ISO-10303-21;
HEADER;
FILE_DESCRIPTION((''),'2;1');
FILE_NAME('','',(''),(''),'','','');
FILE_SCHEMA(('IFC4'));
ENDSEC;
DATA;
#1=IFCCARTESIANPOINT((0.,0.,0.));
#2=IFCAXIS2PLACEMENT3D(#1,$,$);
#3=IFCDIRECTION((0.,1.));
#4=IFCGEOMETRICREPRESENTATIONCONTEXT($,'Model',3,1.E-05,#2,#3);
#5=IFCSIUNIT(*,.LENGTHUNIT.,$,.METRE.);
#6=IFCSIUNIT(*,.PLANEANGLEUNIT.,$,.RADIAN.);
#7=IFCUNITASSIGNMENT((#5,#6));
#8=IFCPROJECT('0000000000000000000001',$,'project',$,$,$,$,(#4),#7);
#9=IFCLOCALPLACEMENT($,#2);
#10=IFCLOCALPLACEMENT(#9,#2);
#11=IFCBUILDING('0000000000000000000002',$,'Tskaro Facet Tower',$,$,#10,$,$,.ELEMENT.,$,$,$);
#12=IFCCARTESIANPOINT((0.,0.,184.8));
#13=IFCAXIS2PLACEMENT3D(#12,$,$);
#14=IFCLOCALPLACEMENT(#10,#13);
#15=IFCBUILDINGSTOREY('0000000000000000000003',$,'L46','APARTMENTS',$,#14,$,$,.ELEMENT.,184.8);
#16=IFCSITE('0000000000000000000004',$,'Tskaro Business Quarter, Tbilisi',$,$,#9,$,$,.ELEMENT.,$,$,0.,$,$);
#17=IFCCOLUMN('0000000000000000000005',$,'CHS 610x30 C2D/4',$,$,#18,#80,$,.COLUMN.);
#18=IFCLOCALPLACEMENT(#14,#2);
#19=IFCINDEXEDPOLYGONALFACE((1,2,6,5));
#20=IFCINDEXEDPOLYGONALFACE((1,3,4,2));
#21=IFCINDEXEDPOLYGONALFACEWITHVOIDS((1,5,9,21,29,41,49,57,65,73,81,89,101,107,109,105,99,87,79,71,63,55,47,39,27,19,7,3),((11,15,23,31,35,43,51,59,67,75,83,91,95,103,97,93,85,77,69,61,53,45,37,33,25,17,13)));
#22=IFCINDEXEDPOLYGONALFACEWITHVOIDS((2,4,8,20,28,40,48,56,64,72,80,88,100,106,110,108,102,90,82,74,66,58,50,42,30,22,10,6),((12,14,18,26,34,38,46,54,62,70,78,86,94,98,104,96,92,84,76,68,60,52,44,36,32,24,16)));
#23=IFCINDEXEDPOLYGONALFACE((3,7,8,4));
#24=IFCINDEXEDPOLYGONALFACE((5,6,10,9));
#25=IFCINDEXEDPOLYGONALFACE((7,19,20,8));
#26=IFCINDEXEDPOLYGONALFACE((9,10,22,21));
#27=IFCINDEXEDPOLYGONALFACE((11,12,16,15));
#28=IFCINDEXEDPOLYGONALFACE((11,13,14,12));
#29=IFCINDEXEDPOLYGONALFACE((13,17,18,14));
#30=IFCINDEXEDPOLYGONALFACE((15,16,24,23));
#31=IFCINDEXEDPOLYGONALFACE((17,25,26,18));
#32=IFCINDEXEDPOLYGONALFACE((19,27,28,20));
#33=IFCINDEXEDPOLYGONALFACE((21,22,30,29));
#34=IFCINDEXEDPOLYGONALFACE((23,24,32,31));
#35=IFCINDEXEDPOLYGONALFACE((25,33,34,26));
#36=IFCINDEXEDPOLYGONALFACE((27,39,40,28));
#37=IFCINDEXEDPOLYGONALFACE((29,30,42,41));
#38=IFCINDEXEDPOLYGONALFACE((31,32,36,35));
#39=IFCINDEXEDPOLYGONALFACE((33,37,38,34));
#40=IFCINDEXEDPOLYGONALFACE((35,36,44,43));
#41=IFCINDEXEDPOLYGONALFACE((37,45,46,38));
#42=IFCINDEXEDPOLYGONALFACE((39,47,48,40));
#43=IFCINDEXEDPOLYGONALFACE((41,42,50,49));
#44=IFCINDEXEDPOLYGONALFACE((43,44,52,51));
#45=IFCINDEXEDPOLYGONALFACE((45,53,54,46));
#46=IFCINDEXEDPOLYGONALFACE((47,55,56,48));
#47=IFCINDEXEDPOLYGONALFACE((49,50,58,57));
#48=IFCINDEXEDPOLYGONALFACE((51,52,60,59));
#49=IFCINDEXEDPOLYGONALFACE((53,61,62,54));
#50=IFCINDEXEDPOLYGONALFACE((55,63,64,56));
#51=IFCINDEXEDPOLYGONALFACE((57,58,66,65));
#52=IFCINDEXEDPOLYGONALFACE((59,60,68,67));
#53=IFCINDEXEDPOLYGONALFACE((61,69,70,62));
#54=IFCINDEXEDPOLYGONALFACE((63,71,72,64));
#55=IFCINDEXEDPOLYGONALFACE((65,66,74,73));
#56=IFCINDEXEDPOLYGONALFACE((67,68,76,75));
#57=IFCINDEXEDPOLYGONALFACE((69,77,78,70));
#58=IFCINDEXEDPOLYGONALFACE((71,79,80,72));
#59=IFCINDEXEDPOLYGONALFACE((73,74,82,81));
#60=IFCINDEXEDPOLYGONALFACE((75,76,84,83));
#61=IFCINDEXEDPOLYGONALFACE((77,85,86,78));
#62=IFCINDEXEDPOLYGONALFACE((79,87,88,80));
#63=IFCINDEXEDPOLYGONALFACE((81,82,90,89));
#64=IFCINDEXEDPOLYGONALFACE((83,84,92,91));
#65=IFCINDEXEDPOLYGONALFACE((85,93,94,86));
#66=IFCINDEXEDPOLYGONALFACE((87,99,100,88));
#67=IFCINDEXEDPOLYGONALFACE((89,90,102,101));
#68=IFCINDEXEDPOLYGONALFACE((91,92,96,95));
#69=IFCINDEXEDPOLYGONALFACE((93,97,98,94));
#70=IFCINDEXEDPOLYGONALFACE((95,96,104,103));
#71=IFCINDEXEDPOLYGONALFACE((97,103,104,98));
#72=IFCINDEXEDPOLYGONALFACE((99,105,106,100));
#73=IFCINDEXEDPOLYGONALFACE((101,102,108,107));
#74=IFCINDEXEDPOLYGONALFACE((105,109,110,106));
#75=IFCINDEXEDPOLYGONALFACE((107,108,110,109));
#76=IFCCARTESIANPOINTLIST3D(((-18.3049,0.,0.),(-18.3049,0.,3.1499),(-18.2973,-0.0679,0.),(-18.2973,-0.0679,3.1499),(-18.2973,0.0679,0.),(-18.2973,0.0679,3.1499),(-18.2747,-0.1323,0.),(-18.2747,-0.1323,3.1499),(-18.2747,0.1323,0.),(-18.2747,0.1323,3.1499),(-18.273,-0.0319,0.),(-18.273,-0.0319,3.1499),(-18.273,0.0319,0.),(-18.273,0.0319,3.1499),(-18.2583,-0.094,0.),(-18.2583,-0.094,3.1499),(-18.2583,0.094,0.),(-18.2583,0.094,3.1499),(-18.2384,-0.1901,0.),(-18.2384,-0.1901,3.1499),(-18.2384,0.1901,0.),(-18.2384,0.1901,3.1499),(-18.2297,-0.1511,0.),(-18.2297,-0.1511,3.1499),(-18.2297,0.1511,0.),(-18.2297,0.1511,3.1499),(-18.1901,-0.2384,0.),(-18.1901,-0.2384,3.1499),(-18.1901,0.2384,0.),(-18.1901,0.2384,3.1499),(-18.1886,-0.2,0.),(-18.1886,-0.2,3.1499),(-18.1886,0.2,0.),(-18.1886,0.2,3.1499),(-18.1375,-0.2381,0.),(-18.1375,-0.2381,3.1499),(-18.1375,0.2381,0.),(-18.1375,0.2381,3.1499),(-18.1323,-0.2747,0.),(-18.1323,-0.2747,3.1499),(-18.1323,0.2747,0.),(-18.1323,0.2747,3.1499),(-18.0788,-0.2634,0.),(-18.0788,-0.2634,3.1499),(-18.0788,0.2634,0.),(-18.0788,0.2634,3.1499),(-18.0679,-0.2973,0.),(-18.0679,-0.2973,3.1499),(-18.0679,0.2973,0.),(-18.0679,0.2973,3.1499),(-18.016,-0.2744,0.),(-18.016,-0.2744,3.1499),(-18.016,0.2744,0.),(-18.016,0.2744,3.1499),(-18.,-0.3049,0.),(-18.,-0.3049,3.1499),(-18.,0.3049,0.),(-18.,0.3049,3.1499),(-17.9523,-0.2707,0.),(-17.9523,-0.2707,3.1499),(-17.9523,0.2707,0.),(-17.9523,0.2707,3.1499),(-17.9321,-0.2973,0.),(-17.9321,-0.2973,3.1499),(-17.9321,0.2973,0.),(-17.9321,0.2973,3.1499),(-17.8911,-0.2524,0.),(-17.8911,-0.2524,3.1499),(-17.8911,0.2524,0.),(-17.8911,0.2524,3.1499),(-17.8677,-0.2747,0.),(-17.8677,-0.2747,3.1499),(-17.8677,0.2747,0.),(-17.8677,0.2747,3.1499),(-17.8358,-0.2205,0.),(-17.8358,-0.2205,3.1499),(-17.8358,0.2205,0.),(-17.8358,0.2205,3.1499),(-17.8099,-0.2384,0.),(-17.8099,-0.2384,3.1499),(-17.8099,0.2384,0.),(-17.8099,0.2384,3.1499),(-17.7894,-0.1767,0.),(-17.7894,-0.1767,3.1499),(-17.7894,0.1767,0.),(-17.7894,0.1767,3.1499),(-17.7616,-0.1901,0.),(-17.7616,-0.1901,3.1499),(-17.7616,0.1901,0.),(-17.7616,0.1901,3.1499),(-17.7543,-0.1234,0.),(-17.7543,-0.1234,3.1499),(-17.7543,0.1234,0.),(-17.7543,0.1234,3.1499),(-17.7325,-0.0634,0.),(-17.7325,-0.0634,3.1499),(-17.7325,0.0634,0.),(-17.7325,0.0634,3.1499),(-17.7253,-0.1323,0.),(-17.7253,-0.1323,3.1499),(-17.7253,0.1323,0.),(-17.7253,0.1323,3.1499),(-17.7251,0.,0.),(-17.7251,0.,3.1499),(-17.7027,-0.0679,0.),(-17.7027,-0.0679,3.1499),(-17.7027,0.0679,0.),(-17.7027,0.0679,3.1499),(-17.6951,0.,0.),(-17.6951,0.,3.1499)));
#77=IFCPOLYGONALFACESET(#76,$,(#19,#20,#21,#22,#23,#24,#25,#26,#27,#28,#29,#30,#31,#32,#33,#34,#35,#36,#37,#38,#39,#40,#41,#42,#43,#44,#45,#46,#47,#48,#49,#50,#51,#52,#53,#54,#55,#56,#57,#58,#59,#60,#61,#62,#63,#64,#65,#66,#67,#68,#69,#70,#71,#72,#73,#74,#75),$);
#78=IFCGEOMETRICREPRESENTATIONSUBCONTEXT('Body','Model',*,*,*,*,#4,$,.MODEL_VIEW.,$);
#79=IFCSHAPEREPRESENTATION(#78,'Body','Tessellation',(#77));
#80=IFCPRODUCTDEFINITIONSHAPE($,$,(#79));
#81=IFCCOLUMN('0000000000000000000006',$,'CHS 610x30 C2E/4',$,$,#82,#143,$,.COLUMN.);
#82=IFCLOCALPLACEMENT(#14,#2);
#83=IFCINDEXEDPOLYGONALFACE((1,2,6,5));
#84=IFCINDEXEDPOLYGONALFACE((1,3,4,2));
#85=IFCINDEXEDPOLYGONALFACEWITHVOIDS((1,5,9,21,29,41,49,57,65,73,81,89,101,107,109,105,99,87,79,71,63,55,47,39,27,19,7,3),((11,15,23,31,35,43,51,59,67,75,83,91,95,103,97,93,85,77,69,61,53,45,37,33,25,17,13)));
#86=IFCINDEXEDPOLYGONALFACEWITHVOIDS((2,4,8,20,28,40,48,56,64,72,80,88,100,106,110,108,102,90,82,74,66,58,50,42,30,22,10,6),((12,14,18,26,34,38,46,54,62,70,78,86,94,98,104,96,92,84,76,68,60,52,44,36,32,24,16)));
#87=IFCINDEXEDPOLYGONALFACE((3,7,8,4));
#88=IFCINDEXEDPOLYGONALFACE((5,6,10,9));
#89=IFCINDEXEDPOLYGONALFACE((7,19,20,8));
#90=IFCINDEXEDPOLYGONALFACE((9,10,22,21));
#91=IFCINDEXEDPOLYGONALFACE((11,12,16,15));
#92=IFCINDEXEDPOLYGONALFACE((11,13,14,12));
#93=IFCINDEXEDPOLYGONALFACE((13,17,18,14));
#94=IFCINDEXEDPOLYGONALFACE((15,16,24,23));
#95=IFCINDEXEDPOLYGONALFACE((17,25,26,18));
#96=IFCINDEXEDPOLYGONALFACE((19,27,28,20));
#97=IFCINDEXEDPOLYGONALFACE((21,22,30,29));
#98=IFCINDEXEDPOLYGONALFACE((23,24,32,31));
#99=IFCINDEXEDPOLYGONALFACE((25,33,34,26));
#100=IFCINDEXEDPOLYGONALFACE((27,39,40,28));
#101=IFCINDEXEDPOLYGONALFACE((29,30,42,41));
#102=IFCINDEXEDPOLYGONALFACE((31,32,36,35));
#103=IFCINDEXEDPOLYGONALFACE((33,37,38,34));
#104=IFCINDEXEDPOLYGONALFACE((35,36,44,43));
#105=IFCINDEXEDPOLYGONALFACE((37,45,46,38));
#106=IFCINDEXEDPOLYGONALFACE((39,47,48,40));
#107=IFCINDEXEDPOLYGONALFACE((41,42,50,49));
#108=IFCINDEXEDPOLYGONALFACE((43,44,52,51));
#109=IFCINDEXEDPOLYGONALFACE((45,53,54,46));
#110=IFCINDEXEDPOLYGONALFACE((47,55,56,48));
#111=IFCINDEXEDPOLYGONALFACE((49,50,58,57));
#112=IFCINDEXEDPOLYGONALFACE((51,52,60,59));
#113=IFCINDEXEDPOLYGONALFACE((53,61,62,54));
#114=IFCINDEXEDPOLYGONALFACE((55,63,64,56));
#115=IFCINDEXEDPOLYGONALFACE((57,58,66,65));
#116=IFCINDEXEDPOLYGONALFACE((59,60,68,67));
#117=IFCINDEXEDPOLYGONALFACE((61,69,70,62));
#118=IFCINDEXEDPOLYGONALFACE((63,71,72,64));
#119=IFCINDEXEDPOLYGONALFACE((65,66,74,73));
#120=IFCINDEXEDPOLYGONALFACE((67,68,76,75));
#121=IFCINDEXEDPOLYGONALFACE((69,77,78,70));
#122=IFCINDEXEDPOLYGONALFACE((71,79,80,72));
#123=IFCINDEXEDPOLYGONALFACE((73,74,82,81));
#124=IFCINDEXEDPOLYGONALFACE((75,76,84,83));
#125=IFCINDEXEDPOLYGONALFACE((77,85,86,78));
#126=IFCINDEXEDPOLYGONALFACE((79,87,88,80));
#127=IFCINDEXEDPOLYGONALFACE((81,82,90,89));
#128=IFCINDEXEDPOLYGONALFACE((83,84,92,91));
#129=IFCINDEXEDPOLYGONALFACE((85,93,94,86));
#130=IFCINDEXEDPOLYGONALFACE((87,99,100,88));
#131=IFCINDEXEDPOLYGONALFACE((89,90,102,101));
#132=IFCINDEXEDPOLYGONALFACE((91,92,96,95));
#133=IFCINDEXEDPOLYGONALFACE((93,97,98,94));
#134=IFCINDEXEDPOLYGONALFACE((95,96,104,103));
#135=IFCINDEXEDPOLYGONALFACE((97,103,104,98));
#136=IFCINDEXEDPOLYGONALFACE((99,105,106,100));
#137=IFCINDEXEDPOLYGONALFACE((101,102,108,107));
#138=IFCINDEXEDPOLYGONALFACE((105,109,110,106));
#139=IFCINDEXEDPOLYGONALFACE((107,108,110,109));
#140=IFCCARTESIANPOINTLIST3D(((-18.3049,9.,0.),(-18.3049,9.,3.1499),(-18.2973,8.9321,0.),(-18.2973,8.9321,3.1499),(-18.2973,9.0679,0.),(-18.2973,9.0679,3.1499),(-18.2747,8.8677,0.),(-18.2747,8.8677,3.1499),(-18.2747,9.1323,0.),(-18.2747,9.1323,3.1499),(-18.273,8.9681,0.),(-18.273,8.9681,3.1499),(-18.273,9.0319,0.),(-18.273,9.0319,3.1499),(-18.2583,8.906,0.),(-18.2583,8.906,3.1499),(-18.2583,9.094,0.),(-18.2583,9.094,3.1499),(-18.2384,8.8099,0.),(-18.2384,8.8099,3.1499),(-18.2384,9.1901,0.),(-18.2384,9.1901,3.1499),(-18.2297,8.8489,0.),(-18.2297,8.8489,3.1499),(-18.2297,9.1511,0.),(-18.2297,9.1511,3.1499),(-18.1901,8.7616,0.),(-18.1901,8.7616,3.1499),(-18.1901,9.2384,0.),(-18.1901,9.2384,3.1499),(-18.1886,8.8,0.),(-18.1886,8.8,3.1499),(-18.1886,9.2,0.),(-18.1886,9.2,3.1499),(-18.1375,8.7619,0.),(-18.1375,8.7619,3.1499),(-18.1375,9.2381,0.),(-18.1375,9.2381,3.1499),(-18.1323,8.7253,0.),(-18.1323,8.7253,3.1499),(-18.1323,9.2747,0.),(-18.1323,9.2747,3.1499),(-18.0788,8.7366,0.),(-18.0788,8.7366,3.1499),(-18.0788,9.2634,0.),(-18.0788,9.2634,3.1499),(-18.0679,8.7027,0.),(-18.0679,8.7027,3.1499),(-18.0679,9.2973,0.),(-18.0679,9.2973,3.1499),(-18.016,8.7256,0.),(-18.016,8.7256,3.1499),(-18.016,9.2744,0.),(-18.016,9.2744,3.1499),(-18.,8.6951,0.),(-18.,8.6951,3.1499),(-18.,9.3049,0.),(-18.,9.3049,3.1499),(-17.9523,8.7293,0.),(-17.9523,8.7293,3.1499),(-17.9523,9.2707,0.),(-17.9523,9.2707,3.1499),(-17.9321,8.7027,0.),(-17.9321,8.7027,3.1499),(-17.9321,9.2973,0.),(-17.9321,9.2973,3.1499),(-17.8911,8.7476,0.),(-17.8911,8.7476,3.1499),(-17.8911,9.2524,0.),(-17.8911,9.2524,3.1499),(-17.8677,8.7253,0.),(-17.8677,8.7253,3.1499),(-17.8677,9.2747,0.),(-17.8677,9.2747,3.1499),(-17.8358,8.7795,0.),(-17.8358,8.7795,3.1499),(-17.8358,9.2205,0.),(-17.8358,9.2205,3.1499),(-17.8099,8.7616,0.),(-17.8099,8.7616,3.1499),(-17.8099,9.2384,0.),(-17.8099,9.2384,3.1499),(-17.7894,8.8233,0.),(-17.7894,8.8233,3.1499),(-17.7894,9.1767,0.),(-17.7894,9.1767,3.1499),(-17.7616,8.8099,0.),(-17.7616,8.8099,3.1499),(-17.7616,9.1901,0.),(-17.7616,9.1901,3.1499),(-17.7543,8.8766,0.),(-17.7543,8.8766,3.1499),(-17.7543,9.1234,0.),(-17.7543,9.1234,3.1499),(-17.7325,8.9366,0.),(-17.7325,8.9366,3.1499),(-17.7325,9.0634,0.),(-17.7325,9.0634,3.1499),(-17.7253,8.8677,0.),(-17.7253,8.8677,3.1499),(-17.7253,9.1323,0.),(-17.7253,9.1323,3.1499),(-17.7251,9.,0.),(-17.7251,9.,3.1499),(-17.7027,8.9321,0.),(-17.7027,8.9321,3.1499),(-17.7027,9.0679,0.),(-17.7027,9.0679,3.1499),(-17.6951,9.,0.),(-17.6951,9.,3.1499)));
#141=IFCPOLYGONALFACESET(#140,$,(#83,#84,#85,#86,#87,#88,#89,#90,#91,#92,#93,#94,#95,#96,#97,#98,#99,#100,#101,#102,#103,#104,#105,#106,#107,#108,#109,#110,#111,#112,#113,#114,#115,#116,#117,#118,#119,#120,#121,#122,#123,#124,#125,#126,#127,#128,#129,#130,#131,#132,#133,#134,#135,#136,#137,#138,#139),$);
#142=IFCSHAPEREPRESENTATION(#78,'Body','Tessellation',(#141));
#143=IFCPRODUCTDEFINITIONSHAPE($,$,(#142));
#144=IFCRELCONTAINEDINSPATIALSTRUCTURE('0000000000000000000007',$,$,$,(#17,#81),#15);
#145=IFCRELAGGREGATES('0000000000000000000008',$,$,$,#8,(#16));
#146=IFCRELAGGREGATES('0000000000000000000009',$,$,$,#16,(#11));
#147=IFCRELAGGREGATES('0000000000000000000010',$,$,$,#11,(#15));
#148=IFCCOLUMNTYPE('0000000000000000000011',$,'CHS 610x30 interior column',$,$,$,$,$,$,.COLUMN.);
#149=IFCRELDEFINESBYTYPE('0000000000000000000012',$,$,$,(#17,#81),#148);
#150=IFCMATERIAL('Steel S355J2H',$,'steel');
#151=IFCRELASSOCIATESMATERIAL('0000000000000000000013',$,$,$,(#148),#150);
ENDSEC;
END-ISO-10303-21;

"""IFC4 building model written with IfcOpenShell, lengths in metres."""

from ifc_helpers import new_model, si_unit, direction, frame, origin, origin_2d, place, context, subcontext, project, spatial, hollow_circle, extrude, material, material_profile, profile_set, type_object, element, save


model = new_model("IFC4")

# Units and contexts
model_context = context("Model", 3, precision=1e-05, world=origin(), true_north=direction((0.0, 1.0)))
body_context = subcontext(model_context, "Body", "Model", "MODEL_VIEW")
ifc_project = project(units=[si_unit("LENGTHUNIT", "METRE"), si_unit("PLANEANGLEUNIT", "RADIAN")], contexts=[model_context])

# Site, building, storey
site_placement = place(None, origin())
site = spatial("IfcSite", under=ifc_project, at=site_placement, Name="Tskaro Business Quarter, Tbilisi", CompositionType="ELEMENT", RefElevation=0.0)
building_placement = place(site_placement, origin())
building = spatial("IfcBuilding", under=site, at=building_placement, Name="Tskaro Facet Tower", CompositionType="ELEMENT")
storey_placement = place(building_placement, frame((0.0, 0.0, 184.8)))
storey = spatial("IfcBuildingStorey", under=building, at=storey_placement, Name="L46", Description="APARTMENTS", CompositionType="ELEMENT", Elevation=184.8)

# Columns
ifc_material_1 = material(Name="Steel S355J2H", Category="steel")
ifc_material_profile_1 = material_profile(ifc_material_1, hollow_circle(Radius=0.3049, WallThickness=0.03, at=origin_2d()), Name="CHS 610x30")
ifc_profile_set_1 = profile_set([ifc_material_profile_1], Name="Steel S355J2H")
column_type_1 = type_object("IfcColumnType", Name="CHS 610x30 interior column", PredefinedType="COLUMN", material=ifc_profile_set_1)
for number, where, z_axis, x_axis, name in (
    (1, (-18.0, 0.0, 0.0), (0.0, 0.0, 1.0), (1.0, 0.0, 0.0), "CHS 610x30 C2D/4"),
    (2, (-18.0, 9.0, 0.0), (0.0, 0.0, 1.0), (1.0, 0.0, 0.0), "CHS 610x30 C2E/4"),
):
    element("IfcColumn", number, at=place(storey_placement, frame(where, z_axis=z_axis, x_axis=x_axis)), inside=storey, type_object=column_type_1, Name=name, PredefinedType="COLUMN", context=body_context, shape_type="SweptSolid", body=[
        extrude(hollow_circle(Radius=0.3049, WallThickness=0.03, at=origin_2d()), origin(), (0.0, 0.0, 1.0), 3.1499),
    ])

save(model, "model.ifc")
